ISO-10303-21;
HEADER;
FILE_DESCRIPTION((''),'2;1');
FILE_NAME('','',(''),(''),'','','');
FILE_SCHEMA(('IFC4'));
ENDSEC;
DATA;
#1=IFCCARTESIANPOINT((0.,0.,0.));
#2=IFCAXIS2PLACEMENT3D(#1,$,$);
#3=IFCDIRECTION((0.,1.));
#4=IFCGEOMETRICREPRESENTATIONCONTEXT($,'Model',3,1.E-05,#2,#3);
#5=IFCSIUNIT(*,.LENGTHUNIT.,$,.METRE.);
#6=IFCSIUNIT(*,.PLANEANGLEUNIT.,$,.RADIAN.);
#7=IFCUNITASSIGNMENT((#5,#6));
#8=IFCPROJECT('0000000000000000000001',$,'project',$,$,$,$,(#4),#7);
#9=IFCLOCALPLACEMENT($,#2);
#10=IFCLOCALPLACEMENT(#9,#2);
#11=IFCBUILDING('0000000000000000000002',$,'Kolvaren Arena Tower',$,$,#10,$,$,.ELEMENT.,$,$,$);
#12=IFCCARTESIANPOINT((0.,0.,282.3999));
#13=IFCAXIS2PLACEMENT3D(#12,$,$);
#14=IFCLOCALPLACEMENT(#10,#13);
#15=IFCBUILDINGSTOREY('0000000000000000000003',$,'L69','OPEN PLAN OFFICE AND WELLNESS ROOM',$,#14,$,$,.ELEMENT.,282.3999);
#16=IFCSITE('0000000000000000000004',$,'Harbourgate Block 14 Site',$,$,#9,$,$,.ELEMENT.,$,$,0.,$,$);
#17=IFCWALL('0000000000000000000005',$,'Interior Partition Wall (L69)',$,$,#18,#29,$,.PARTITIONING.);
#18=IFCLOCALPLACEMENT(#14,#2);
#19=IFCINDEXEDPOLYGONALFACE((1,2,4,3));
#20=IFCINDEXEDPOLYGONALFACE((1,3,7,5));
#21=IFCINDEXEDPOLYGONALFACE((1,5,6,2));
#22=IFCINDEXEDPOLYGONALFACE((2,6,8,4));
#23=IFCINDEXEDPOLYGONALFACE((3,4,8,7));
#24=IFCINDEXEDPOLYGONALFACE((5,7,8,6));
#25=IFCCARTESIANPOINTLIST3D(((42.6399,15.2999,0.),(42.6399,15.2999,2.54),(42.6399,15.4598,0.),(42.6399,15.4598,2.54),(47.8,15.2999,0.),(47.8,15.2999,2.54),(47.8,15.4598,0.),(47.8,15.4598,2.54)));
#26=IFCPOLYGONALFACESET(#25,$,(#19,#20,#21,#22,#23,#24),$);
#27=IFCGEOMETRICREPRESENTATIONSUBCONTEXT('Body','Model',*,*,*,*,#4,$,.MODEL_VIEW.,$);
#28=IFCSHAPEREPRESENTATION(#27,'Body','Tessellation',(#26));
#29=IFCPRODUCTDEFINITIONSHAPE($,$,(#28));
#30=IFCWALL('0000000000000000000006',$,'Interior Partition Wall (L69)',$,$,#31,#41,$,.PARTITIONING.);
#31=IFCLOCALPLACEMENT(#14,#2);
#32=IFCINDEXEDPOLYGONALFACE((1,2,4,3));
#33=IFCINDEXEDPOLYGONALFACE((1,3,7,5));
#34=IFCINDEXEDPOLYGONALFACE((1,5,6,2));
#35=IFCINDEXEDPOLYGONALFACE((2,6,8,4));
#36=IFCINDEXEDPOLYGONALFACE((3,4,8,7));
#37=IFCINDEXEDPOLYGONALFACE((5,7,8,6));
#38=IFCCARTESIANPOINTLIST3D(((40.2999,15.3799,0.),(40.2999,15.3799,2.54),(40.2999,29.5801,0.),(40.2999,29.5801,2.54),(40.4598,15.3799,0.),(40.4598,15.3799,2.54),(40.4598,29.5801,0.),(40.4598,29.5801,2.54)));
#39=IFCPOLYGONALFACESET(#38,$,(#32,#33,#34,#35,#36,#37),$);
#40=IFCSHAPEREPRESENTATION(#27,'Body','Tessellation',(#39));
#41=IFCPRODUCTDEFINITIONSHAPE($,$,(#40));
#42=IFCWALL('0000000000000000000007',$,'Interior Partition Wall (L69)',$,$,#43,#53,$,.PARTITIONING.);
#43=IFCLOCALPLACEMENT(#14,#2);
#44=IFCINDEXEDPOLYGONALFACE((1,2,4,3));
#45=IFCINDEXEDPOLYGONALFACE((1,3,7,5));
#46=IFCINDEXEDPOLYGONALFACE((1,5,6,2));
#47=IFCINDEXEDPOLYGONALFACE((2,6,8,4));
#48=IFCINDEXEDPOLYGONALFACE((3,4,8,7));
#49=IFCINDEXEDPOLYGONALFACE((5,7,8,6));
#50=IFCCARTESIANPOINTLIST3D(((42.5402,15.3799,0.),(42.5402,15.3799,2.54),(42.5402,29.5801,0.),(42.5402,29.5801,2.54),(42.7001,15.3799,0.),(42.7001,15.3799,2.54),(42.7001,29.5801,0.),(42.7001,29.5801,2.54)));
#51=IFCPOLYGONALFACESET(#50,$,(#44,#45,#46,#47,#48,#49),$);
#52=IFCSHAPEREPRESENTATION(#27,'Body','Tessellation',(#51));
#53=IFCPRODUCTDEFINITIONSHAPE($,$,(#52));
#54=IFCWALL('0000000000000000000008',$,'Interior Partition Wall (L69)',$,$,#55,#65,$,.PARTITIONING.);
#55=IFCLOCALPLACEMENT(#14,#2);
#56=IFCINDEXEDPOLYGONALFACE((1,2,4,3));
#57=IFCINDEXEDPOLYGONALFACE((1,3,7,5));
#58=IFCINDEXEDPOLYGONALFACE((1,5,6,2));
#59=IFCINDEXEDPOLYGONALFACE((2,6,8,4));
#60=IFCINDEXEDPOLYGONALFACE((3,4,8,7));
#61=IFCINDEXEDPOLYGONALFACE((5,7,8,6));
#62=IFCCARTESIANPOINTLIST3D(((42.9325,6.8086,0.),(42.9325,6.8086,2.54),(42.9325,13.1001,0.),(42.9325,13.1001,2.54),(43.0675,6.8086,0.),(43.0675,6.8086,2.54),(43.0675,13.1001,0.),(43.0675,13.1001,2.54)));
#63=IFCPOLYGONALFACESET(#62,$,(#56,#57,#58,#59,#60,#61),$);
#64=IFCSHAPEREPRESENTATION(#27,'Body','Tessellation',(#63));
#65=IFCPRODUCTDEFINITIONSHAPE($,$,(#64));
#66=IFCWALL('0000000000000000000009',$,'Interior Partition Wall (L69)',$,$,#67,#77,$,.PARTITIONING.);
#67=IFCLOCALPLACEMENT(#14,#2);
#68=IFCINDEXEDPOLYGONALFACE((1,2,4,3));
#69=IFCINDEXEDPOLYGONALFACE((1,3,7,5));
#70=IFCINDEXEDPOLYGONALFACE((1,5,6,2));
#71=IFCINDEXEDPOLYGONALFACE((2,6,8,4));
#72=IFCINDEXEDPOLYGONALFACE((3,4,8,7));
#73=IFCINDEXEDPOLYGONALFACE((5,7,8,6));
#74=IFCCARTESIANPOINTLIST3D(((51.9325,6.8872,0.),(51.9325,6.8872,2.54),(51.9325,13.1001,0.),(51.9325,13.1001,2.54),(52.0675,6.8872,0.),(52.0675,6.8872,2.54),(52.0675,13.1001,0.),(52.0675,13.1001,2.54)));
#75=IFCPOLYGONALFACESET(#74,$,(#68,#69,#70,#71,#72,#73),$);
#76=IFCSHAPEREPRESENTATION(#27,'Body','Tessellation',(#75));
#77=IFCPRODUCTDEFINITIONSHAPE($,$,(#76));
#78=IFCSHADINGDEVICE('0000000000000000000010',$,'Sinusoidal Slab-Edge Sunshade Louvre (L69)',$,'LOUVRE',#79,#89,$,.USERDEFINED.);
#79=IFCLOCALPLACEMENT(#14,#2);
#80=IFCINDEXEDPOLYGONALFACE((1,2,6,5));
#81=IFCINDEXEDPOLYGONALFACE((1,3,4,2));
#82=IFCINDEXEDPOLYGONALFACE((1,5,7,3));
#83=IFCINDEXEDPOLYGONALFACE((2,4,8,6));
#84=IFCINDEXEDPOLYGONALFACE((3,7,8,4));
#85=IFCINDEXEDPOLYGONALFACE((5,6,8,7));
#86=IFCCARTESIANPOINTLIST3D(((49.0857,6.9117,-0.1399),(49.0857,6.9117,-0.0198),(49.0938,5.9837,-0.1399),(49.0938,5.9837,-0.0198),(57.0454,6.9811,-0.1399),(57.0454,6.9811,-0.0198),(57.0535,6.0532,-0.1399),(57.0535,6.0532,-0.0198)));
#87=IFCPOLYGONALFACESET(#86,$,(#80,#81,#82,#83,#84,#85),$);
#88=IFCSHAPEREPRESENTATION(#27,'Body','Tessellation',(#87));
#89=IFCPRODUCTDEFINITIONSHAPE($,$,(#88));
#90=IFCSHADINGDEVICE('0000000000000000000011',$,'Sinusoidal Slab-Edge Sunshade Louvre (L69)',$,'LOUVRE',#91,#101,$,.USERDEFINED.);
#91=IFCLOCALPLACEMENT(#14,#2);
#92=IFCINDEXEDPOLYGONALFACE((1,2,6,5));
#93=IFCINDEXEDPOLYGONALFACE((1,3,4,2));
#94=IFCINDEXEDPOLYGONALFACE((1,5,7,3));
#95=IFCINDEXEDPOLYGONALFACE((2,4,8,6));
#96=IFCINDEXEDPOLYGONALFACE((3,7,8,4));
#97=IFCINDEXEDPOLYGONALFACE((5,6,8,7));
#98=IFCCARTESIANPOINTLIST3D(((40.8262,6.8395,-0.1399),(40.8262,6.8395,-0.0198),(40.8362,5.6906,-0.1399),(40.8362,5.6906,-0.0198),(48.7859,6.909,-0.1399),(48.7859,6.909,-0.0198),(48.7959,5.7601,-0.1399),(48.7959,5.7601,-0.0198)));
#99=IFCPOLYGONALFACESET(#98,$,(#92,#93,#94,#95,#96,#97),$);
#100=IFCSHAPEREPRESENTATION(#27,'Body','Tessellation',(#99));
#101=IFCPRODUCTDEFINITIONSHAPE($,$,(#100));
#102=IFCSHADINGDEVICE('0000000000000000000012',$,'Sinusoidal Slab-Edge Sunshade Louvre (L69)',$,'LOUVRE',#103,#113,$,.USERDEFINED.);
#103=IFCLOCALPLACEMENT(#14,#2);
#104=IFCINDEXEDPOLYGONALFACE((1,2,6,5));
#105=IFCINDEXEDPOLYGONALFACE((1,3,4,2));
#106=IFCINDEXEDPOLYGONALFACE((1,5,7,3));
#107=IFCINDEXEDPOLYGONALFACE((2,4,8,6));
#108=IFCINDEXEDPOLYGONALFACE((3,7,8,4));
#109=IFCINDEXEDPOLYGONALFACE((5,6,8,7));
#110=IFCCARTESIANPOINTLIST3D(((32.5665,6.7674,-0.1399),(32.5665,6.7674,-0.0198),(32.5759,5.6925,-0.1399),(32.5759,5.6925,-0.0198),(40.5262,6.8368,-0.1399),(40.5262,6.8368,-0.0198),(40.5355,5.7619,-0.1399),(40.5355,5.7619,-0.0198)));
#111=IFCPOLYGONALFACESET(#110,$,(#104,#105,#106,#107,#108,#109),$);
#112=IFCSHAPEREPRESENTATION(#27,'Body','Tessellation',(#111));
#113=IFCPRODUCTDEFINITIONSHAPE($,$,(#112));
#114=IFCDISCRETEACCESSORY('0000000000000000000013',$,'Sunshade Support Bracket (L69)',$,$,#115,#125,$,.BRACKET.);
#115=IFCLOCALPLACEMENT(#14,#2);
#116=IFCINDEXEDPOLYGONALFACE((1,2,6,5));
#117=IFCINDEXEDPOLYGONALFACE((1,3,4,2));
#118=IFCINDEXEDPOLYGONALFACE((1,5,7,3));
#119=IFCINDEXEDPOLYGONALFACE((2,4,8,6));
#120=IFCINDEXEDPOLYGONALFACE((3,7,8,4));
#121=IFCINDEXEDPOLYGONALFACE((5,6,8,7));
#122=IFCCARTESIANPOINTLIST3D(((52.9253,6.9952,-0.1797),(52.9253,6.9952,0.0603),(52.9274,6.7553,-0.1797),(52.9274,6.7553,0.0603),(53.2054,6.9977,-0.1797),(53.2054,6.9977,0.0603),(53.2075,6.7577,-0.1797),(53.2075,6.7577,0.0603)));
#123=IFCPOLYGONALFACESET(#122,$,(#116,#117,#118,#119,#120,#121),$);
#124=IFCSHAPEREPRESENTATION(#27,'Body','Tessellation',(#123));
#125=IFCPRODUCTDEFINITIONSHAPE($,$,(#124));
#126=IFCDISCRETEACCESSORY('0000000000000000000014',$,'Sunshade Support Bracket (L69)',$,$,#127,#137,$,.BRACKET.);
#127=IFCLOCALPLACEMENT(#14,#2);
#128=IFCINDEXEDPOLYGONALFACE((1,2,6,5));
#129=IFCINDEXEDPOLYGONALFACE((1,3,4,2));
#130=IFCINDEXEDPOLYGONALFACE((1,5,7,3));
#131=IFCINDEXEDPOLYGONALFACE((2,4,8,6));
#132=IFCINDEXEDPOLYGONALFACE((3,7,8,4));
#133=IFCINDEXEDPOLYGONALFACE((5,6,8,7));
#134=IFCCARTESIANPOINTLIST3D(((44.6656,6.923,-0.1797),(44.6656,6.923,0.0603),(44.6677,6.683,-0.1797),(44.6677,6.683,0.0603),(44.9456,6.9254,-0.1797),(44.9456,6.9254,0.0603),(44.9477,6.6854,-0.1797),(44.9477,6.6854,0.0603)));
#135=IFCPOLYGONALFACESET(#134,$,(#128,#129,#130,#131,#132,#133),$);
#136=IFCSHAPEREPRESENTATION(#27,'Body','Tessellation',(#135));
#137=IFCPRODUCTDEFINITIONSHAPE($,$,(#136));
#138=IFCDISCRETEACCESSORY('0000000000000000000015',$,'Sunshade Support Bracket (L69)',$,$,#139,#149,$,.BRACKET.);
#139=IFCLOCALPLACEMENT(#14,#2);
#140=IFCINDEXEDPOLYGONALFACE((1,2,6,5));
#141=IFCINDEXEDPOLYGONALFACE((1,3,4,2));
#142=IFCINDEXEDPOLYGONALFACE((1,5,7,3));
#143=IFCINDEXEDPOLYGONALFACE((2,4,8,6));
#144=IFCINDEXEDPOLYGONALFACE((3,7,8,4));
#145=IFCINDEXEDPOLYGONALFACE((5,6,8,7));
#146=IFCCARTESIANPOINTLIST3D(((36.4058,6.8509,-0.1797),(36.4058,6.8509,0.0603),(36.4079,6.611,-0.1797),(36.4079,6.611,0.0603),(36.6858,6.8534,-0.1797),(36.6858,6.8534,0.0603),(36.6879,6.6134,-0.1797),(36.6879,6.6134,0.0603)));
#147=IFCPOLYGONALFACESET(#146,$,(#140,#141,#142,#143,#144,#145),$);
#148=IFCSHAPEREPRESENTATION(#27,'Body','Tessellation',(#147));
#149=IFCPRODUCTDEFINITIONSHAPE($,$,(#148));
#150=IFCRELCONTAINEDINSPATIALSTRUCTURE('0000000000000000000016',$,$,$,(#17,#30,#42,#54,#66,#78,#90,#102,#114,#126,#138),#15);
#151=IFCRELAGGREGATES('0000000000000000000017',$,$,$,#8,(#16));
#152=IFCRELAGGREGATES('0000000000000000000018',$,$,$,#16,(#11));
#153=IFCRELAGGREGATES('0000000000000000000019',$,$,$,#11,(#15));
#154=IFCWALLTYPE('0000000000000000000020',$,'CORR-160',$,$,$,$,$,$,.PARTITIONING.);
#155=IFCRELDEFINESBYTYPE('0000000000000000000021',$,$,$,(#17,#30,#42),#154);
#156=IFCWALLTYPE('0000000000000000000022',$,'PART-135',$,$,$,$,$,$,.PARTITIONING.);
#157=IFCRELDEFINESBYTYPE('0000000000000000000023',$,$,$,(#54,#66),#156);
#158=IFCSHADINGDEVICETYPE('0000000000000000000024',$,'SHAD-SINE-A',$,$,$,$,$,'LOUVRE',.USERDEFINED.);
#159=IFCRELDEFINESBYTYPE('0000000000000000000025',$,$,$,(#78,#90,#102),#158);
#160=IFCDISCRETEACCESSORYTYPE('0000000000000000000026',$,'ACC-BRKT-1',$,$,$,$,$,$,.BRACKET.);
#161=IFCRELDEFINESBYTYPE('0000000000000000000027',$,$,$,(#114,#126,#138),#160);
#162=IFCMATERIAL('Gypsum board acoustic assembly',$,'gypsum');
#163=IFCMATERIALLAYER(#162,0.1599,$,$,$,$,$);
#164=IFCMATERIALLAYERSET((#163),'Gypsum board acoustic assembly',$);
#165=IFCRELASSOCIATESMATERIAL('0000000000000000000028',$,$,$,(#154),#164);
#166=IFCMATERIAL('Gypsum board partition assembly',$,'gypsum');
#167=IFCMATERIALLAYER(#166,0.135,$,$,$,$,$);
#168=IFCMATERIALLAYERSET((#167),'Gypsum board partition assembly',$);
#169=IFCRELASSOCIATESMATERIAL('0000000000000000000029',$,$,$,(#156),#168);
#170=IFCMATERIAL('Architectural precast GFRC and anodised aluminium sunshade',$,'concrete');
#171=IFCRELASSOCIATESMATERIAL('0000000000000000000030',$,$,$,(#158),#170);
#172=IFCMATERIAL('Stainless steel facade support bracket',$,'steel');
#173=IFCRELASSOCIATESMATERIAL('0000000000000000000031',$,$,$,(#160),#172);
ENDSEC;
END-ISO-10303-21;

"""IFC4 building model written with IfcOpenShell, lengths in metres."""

from ifc_helpers import new_model, si_unit, direction, frame, frame_2d, origin, origin_2d, place, context, subcontext, project, spatial, rectangle, extrude, material, layer, layer_set, type_object, element, save


model = new_model("IFC4")

# Units and contexts
model_context = context("Model", 3, precision=1e-05, world=origin(), true_north=direction((0.0, 1.0)))
body_context = subcontext(model_context, "Body", "Model", "MODEL_VIEW")
ifc_project = project(units=[si_unit("LENGTHUNIT", "METRE"), si_unit("PLANEANGLEUNIT", "RADIAN")], contexts=[model_context])

# Site, building, storey
site_placement = place(None, origin())
site = spatial("IfcSite", under=ifc_project, at=site_placement, Name="Harbourgate Block 14 Site", CompositionType="ELEMENT", RefElevation=0.0)
building_placement = place(site_placement, origin())
building = spatial("IfcBuilding", under=site, at=building_placement, Name="Kolvaren Arena Tower", CompositionType="ELEMENT")
storey_placement = place(building_placement, frame((0.0, 0.0, 282.3999)))
storey = spatial("IfcBuildingStorey", under=building, at=storey_placement, Name="L69", Description="OPEN PLAN OFFICE AND WELLNESS ROOM", CompositionType="ELEMENT", Elevation=282.3999)

# Walls
ifc_material_1 = material(Name="Gypsum board acoustic assembly", Category="gypsum")
ifc_layer_1 = layer(ifc_material_1, 0.1599)
ifc_layer_set_1 = layer_set([ifc_layer_1], Name="Gypsum board acoustic assembly")
wall_type_1 = type_object("IfcWallType", Name="CORR-160", PredefinedType="PARTITIONING", material=ifc_layer_set_1)
wall_1_placement = place(storey_placement, frame((42.6399, 15.3799, 0.0), z_axis=(0.0, 0.0, 1.0), x_axis=(1.0, 0.0, 0.0)))
element("IfcWall", 1, at=wall_1_placement, inside=storey, type_object=wall_type_1, Name="Interior Partition Wall (L69)", PredefinedType="PARTITIONING", context=body_context, shape_type="SweptSolid", body=[
    extrude(rectangle(XDim=5.1602, YDim=0.1599, at=frame_2d((2.5801, 0.0))), origin(), (0.0, 0.0, 1.0), 2.54),
])
for number, where, z_axis, x_axis, name in (
    (2, (40.3799, 15.3799, 0.0), (0.0, 0.0, 1.0), (0.0, 1.0, 0.0), "Interior Partition Wall (L69)"),
    (3, (42.6201, 15.3799, 0.0), (0.0, 0.0, 1.0), (0.0, 1.0, 0.0), "Interior Partition Wall (L69)"),
):
    element("IfcWall", number, at=place(storey_placement, frame(where, z_axis=z_axis, x_axis=x_axis)), inside=storey, type_object=wall_type_1, Name=name, PredefinedType="PARTITIONING", context=body_context, shape_type="SweptSolid", body=[
        extrude(rectangle(XDim=14.2002, YDim=0.1599, at=frame_2d((7.1001, 0.0))), origin(), (0.0, 0.0, 1.0), 2.54),
    ])
ifc_material_2 = material(Name="Gypsum board partition assembly", Category="gypsum")
ifc_layer_2 = layer(ifc_material_2, 0.135)
ifc_layer_set_2 = layer_set([ifc_layer_2], Name="Gypsum board partition assembly")
wall_type_2 = type_object("IfcWallType", Name="PART-135", PredefinedType="PARTITIONING", material=ifc_layer_set_2)
wall_2_placement = place(storey_placement, frame((43.0, 6.8086, 0.0), z_axis=(0.0, 0.0, 1.0), x_axis=(0.0, 1.0, 0.0)))
element("IfcWall", 4, at=wall_2_placement, inside=storey, type_object=wall_type_2, Name="Interior Partition Wall (L69)", PredefinedType="PARTITIONING", context=body_context, shape_type="SweptSolid", body=[
    extrude(rectangle(XDim=6.2915, YDim=0.135, at=frame_2d((3.1458, 0.0))), origin(), (0.0, 0.0, 1.0), 2.54),
])
wall_3_placement = place(storey_placement, frame((52.0, 6.8872, 0.0), z_axis=(0.0, 0.0, 1.0), x_axis=(0.0, 1.0, 0.0)))
element("IfcWall", 5, at=wall_3_placement, inside=storey, type_object=wall_type_2, Name="Interior Partition Wall (L69)", PredefinedType="PARTITIONING", context=body_context, shape_type="SweptSolid", body=[
    extrude(rectangle(XDim=6.2129, YDim=0.135, at=frame_2d((3.1064, 0.0))), origin(), (0.0, 0.0, 1.0), 2.54),
])

# Shading devices
ifc_material_3 = material(Name="Architectural precast GFRC and anodised aluminium sunshade", Category="concrete")
shading_device_type = type_object("IfcShadingDeviceType", Name="SHAD-SINE-A", ElementType="LOUVRE", PredefinedType="USERDEFINED", material=ifc_material_3)
shading_device_1_placement = place(storey_placement, frame((53.0696, 6.4824, -0.1399), z_axis=(0.0, 0.0, 1.0), x_axis=(-0.999962, -0.008727, 0.0)))
element("IfcShadingDevice", 6, at=shading_device_1_placement, inside=storey, type_object=shading_device_type, Name="Sinusoidal Slab-Edge Sunshade Louvre (L69)", ObjectType="LOUVRE", PredefinedType="USERDEFINED", context=body_context, shape_type="SweptSolid", body=[
    extrude(rectangle(XDim=7.96, YDim=0.928, at=origin_2d()), origin(), (0.0, 0.0, 1.0), 0.1201),
])
shading_device_2_placement = place(storey_placement, frame((44.811, 6.2998, -0.1399), z_axis=(0.0, 0.0, 1.0), x_axis=(-0.999962, -0.008727, 0.0)))
element("IfcShadingDevice", 7, at=shading_device_2_placement, inside=storey, type_object=shading_device_type, Name="Sinusoidal Slab-Edge Sunshade Louvre (L69)", ObjectType="LOUVRE", PredefinedType="USERDEFINED", context=body_context, shape_type="SweptSolid", body=[
    extrude(rectangle(XDim=7.96, YDim=1.1489, at=origin_2d()), origin(), (0.0, 0.0, 1.0), 0.1201),
])
shading_device_3_placement = place(storey_placement, frame((36.551, 6.2646, -0.1399), z_axis=(0.0, 0.0, 1.0), x_axis=(-0.999962, -0.008727, 0.0)))
element("IfcShadingDevice", 8, at=shading_device_3_placement, inside=storey, type_object=shading_device_type, Name="Sinusoidal Slab-Edge Sunshade Louvre (L69)", ObjectType="LOUVRE", PredefinedType="USERDEFINED", context=body_context, shape_type="SweptSolid", body=[
    extrude(rectangle(XDim=7.96, YDim=1.075, at=origin_2d()), origin(), (0.0, 0.0, 1.0), 0.1201),
])

# Discrete accessories
ifc_material_4 = material(Name="Stainless steel facade support bracket", Category="steel")
discrete_accessory_type = type_object("IfcDiscreteAccessoryType", Name="ACC-BRKT-1", PredefinedType="BRACKET", material=ifc_material_4)
for number, where, z_axis, x_axis, name in (
    (9, (53.0664, 6.8765, -0.1797), (0.0, 0.0, 1.0), (-0.999962, -0.008727, 0.0), "Sunshade Support Bracket (L69)"),
    (10, (44.8066, 6.8042, -0.1797), (0.0, 0.0, 1.0), (-0.999962, -0.008727, 0.0), "Sunshade Support Bracket (L69)"),
    (11, (36.5469, 6.7322, -0.1797), (0.0, 0.0, 1.0), (-0.999962, -0.008727, 0.0), "Sunshade Support Bracket (L69)"),
):
    element("IfcDiscreteAccessory", number, at=place(storey_placement, frame(where, z_axis=z_axis, x_axis=x_axis)), inside=storey, type_object=discrete_accessory_type, Name=name, PredefinedType="BRACKET", context=body_context, shape_type="SweptSolid", body=[
        extrude(rectangle(XDim=0.28, YDim=0.24, at=origin_2d()), origin(), (0.0, 0.0, 1.0), 0.24),
    ])

save(model, "model.ifc")
